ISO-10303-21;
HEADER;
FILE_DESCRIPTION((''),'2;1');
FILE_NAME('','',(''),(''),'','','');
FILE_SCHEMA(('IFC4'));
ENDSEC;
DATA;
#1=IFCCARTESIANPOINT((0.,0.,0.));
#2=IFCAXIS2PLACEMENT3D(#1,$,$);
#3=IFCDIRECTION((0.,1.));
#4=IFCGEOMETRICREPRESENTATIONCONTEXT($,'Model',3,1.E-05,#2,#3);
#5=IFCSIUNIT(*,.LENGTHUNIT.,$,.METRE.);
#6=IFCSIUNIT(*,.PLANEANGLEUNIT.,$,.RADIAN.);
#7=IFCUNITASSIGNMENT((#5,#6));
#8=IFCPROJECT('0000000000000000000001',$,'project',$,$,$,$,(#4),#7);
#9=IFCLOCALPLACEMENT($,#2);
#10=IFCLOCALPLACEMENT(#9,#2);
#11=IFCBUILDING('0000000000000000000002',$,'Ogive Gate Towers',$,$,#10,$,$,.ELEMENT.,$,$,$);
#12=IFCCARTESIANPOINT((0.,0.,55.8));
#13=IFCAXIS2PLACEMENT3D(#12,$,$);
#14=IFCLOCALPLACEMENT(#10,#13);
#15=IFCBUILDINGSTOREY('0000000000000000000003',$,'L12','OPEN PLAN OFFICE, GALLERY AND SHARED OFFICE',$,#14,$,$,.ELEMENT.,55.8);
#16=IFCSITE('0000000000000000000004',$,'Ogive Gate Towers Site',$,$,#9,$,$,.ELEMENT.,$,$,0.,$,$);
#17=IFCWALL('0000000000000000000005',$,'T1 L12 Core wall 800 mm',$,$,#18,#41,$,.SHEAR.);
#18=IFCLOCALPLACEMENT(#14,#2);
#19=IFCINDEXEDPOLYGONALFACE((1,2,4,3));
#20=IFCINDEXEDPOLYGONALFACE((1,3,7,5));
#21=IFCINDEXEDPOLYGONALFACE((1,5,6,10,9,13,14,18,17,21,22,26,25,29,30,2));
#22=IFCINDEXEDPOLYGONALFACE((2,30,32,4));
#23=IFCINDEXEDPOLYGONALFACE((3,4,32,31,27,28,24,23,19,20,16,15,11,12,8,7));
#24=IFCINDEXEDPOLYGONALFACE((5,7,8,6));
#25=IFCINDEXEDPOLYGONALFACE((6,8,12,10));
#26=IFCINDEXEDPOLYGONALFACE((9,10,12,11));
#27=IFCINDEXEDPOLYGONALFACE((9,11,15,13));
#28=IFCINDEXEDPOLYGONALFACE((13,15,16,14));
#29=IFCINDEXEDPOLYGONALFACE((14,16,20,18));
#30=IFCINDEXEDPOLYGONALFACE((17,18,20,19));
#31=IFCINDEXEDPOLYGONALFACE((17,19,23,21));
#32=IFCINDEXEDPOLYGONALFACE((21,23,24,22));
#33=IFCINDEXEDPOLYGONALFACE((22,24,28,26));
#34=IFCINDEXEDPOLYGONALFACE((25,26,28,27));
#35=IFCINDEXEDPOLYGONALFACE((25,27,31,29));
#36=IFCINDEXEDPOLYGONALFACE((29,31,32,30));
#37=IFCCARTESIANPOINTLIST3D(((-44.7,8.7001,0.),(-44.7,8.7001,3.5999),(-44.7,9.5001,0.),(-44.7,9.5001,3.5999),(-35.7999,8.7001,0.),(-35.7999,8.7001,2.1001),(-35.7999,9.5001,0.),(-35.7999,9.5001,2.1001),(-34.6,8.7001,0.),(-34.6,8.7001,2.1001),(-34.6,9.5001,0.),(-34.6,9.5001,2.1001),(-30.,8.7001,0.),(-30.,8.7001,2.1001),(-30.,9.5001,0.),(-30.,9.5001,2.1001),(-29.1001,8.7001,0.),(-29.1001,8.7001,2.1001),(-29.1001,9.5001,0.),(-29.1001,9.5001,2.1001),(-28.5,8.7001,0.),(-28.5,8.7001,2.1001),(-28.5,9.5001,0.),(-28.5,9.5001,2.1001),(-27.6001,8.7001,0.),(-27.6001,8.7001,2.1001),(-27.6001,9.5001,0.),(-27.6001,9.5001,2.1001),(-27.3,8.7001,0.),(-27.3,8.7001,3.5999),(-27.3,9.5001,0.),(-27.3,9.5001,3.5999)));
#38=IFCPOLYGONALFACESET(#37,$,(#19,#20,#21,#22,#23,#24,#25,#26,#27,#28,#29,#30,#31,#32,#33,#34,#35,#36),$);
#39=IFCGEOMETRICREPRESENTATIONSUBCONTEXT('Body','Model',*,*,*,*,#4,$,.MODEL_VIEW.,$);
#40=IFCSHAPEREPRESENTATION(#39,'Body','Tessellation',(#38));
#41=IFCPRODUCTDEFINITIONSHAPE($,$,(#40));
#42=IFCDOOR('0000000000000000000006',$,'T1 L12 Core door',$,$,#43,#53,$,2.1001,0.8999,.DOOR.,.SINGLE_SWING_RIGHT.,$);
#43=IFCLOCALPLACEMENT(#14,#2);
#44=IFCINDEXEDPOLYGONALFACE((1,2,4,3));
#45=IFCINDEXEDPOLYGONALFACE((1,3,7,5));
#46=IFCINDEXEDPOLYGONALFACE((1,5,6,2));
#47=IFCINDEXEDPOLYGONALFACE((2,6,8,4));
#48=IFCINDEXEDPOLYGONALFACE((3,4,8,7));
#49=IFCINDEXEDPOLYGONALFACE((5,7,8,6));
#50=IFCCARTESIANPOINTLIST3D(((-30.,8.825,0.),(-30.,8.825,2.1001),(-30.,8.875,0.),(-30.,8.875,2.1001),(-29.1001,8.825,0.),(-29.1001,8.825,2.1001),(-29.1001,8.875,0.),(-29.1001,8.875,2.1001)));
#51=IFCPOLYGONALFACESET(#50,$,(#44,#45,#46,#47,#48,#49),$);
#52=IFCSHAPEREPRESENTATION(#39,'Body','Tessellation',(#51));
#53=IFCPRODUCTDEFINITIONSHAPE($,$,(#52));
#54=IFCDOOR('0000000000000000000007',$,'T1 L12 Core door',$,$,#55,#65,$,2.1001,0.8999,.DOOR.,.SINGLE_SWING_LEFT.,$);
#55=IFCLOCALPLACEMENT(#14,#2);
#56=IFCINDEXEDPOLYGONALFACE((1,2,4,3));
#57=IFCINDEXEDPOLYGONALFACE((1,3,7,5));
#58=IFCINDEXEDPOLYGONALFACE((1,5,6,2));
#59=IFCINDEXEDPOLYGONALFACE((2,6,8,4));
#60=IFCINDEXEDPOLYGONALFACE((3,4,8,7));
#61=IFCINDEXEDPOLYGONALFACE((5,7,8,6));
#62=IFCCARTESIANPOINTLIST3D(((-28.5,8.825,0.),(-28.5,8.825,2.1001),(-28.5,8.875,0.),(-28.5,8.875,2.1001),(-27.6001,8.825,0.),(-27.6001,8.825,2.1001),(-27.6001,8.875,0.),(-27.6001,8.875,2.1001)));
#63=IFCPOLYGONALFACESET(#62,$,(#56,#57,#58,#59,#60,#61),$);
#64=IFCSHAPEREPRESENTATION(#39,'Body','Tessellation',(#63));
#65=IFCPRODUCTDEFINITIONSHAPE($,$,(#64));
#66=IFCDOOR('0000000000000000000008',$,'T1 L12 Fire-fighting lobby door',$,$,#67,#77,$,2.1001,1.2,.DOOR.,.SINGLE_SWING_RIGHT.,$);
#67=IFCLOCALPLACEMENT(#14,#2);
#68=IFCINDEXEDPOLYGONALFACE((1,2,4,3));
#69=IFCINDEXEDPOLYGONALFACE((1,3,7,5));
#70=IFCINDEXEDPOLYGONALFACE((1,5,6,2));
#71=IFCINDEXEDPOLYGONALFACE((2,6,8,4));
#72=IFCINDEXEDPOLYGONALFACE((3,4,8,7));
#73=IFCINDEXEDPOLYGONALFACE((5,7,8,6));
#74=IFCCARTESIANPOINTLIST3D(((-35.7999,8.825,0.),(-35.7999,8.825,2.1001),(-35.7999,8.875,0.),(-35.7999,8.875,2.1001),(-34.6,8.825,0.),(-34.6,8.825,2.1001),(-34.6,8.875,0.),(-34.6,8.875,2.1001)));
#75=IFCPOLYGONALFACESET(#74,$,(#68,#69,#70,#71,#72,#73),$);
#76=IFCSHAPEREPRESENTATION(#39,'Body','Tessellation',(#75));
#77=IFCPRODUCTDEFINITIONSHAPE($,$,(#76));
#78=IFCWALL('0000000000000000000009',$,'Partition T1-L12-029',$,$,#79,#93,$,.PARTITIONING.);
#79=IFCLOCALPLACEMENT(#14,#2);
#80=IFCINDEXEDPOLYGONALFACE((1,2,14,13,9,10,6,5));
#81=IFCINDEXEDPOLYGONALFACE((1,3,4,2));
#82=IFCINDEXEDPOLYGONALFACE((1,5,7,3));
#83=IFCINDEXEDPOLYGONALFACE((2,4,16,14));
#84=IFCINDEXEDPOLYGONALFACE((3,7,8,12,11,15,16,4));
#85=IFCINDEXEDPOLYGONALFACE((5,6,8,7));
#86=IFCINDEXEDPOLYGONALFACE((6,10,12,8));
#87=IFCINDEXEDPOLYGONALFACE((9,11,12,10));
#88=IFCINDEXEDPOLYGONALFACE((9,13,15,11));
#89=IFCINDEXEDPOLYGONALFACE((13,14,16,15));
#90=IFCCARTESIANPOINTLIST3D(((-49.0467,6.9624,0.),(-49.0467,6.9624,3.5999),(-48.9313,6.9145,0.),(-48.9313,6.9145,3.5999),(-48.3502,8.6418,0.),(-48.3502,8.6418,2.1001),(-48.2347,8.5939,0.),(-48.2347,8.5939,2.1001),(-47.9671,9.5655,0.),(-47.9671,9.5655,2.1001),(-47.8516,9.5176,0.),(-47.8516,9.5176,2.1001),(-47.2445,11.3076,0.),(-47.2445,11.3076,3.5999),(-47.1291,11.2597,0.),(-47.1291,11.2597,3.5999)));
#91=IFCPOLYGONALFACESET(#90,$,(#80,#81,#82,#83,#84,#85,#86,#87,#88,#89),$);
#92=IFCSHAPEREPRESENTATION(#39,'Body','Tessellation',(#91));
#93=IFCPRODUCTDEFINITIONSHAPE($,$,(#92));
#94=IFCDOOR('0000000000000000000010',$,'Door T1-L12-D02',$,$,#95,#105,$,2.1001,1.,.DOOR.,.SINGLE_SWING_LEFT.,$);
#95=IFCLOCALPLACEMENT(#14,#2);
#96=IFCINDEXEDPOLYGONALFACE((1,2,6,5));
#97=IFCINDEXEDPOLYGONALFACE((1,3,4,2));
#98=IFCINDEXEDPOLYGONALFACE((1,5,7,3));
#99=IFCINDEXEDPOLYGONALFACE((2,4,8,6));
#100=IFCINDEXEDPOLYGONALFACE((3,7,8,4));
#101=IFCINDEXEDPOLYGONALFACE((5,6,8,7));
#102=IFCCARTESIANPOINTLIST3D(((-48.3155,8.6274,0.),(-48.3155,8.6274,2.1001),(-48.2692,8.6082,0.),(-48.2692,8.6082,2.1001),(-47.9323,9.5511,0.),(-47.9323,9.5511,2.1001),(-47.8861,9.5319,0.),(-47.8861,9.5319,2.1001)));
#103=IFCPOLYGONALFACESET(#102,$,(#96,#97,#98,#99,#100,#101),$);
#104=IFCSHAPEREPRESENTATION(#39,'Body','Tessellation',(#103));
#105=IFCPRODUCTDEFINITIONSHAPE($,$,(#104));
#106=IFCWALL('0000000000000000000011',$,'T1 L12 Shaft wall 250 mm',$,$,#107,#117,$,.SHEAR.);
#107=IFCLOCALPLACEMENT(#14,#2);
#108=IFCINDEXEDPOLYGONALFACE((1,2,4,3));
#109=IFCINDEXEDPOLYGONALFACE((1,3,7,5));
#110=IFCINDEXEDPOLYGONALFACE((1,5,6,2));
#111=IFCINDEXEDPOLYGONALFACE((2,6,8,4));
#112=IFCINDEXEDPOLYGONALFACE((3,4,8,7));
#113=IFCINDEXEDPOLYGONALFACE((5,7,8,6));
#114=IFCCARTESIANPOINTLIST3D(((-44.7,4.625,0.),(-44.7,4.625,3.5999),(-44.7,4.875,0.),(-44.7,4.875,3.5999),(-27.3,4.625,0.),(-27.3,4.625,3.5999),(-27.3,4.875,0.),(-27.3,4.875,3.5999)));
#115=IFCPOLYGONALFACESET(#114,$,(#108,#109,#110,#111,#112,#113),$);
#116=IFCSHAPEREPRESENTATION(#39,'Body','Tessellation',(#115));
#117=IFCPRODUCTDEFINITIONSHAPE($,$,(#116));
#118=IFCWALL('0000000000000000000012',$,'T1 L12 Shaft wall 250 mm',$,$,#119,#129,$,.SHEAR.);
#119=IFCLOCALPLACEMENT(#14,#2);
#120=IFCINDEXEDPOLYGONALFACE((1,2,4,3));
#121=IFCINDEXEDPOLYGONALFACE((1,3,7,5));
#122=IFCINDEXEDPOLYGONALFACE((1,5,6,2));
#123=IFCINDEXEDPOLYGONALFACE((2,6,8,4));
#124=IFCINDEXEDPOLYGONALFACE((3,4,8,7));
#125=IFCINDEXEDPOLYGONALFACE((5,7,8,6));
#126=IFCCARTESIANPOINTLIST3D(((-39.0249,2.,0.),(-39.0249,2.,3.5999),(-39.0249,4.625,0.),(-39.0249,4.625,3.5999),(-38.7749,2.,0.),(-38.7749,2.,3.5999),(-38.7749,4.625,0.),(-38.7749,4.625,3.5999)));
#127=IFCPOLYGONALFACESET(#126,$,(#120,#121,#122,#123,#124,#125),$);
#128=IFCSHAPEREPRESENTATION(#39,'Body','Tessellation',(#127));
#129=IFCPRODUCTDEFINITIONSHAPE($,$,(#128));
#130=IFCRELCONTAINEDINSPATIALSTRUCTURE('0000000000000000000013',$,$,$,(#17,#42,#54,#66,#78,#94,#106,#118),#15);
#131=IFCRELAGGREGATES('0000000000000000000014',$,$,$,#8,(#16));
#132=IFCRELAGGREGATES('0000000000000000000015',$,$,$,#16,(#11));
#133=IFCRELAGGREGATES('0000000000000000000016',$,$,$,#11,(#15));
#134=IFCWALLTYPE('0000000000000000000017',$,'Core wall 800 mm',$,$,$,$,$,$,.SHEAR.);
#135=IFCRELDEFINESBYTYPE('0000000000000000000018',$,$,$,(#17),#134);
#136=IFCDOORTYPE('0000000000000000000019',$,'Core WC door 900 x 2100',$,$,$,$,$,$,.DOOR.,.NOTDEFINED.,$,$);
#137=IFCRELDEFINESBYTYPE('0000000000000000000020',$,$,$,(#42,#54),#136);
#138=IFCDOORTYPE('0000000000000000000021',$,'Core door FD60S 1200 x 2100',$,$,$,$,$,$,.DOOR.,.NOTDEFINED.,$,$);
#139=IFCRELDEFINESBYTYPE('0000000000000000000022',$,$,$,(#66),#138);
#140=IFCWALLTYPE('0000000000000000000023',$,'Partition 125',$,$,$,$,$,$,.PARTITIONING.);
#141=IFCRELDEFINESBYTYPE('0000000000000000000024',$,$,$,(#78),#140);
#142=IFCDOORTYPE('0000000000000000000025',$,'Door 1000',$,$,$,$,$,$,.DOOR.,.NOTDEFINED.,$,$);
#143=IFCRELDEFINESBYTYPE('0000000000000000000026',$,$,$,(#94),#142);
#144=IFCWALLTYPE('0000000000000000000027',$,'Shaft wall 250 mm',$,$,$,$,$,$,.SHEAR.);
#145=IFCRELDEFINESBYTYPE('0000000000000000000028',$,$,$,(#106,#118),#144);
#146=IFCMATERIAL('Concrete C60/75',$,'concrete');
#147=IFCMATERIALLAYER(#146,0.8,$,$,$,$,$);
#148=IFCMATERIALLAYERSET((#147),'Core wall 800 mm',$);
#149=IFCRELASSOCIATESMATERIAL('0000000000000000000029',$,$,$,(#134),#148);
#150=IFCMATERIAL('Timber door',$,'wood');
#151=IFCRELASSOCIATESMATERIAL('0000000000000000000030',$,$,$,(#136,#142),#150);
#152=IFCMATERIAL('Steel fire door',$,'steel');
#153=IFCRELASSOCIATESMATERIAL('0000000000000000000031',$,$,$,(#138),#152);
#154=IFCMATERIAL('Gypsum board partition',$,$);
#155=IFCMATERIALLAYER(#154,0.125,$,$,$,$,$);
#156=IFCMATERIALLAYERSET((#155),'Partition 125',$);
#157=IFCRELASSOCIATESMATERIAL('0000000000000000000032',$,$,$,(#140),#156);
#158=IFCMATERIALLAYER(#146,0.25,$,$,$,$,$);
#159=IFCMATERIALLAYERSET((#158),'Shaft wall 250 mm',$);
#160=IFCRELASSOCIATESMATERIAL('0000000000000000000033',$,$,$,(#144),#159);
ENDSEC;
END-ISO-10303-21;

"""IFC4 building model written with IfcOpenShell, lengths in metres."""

from ifc_helpers import new_model, si_unit, direction, frame, frame_2d, origin, place, context, subcontext, project, spatial, rectangle, extrude, material, layer, layer_set, type_object, element, fill, save


model = new_model("IFC4")

# Units and contexts
model_context = context("Model", 3, precision=1e-05, world=origin(), true_north=direction((0.0, 1.0)))
body_context = subcontext(model_context, "Body", "Model", "MODEL_VIEW")
ifc_project = project(units=[si_unit("LENGTHUNIT", "METRE"), si_unit("PLANEANGLEUNIT", "RADIAN")], contexts=[model_context])

# Site, building, storey
site_placement = place(None, origin())
site = spatial("IfcSite", under=ifc_project, at=site_placement, Name="Ogive Gate Towers Site", CompositionType="ELEMENT", RefElevation=0.0)
building_placement = place(site_placement, origin())
building = spatial("IfcBuilding", under=site, at=building_placement, Name="Ogive Gate Towers", CompositionType="ELEMENT")
storey_placement = place(building_placement, frame((0.0, 0.0, 55.8)))
storey = spatial("IfcBuildingStorey", under=building, at=storey_placement, Name="L12", Description="OPEN PLAN OFFICE, GALLERY AND SHARED OFFICE", CompositionType="ELEMENT", Elevation=55.8)

# Wall, openings, doors
ifc_material_1 = material(Name="Concrete C60/75", Category="concrete")
ifc_layer_1 = layer(ifc_material_1, 0.8)
ifc_layer_set_1 = layer_set([ifc_layer_1], Name="Core wall 800 mm")
wall_type_1 = type_object("IfcWallType", Name="Core wall 800 mm", PredefinedType="SHEAR", material=ifc_layer_set_1)
wall_1_placement = place(storey_placement, frame((-44.7, 9.1001, 0.0), z_axis=(0.0, 0.0, 1.0), x_axis=(1.0, 0.0, 0.0)))
wall_1 = element("IfcWall", 1, at=wall_1_placement, inside=storey, type_object=wall_type_1, Name="T1 L12 Core wall 800 mm", PredefinedType="SHEAR", context=body_context, shape_type="SweptSolid", body=[
    extrude(rectangle(XDim=17.3999, YDim=0.8, at=frame_2d((8.7, 0.0))), origin(), (0.0, 0.0, 1.0), 3.5999),
])
opening_1_placement = place(wall_1_placement, frame((8.8999, 0.0, 0.0)))
opening_1 = element("IfcOpeningElement", 2, at=opening_1_placement, cuts=wall_1, PredefinedType="OPENING", context=body_context, shape_type="SweptSolid", body=[
    extrude(rectangle(XDim=1.2, YDim=2.1001, at=frame_2d((0.6001, 1.05))), frame((0.0, 0.4102, 0.0), z_axis=(0.0, -1.0, 0.0), x_axis=(1.0, 0.0, 0.0)), (0.0, 0.0, 1.0), 0.8201),
])
opening_2_placement = place(wall_1_placement, frame((14.7, 0.0, 0.0)))
opening_2 = element("IfcOpeningElement", 3, at=opening_2_placement, cuts=wall_1, PredefinedType="OPENING", context=body_context, shape_type="SweptSolid", body=[
    extrude(rectangle(XDim=0.8999, YDim=2.1001, at=frame_2d((0.45, 1.05))), frame((0.0, 0.4102, 0.0), z_axis=(0.0, -1.0, 0.0), x_axis=(1.0, 0.0, 0.0)), (0.0, 0.0, 1.0), 0.8201),
])
opening_3_placement = place(wall_1_placement, frame((16.2, 0.0, 0.0)))
opening_3 = element("IfcOpeningElement", 4, at=opening_3_placement, cuts=wall_1, PredefinedType="OPENING", context=body_context, shape_type="SweptSolid", body=[
    extrude(rectangle(XDim=0.8999, YDim=2.1001, at=frame_2d((0.45, 1.05))), frame((0.0, 0.4102, 0.0), z_axis=(0.0, -1.0, 0.0), x_axis=(1.0, 0.0, 0.0)), (0.0, 0.0, 1.0), 0.8201),
])
ifc_material_2 = material(Name="Timber door", Category="wood")
door_type_1 = type_object("IfcDoorType", Name="Core WC door 900 x 2100", OperationType="NOTDEFINED", PredefinedType="DOOR", material=ifc_material_2)
door_1_placement = place(opening_2_placement, origin())
door_1 = element("IfcDoor", 5, at=door_1_placement, inside=storey, type_object=door_type_1, Name="T1 L12 Core door", OperationType="SINGLE_SWING_RIGHT", OverallHeight=2.1001, OverallWidth=0.8999, PredefinedType="DOOR", context=body_context, shape_type="SweptSolid", body=[
    extrude(rectangle(XDim=0.8999, YDim=2.1001, at=frame_2d((0.45, 1.05))), frame((0.0, -0.2251, 0.0), z_axis=(0.0, -1.0, 0.0), x_axis=(1.0, 0.0, 0.0)), (0.0, 0.0, 1.0), 0.05),
])
fill(opening_2, door_1)
door_2_placement = place(opening_3_placement, origin())
door_2 = element("IfcDoor", 6, at=door_2_placement, inside=storey, type_object=door_type_1, Name="T1 L12 Core door", OperationType="SINGLE_SWING_LEFT", OverallHeight=2.1001, OverallWidth=0.8999, PredefinedType="DOOR", context=body_context, shape_type="SweptSolid", body=[
    extrude(rectangle(XDim=0.8999, YDim=2.1001, at=frame_2d((0.45, 1.05))), frame((0.0, -0.2251, 0.0), z_axis=(0.0, -1.0, 0.0), x_axis=(1.0, 0.0, 0.0)), (0.0, 0.0, 1.0), 0.05),
])
fill(opening_3, door_2)
ifc_material_3 = material(Name="Steel fire door", Category="steel")
door_type_2 = type_object("IfcDoorType", Name="Core door FD60S 1200 x 2100", OperationType="NOTDEFINED", PredefinedType="DOOR", material=ifc_material_3)
door_3_placement = place(opening_1_placement, origin())
door_3 = element("IfcDoor", 7, at=door_3_placement, inside=storey, type_object=door_type_2, Name="T1 L12 Fire-fighting lobby door", OperationType="SINGLE_SWING_RIGHT", OverallHeight=2.1001, OverallWidth=1.2, PredefinedType="DOOR", context=body_context, shape_type="SweptSolid", body=[
    extrude(rectangle(XDim=1.2, YDim=2.1001, at=frame_2d((0.6001, 1.05))), frame((0.0, -0.2251, 0.0), z_axis=(0.0, -1.0, 0.0), x_axis=(1.0, 0.0, 0.0)), (0.0, 0.0, 1.0), 0.05),
])
fill(opening_1, door_3)

# Wall, opening, door
ifc_material_4 = material(Name="Gypsum board partition")
ifc_layer_2 = layer(ifc_material_4, 0.125)
ifc_layer_set_2 = layer_set([ifc_layer_2], Name="Partition 125")
wall_type_2 = type_object("IfcWallType", Name="Partition 125", PredefinedType="PARTITIONING", material=ifc_layer_set_2)
wall_2_placement = place(storey_placement, frame((-48.989, 6.9385, 0.0), z_axis=(0.0, 0.0, 1.0), x_axis=(0.383119, 0.923699, 0.0)))
wall_2 = element("IfcWall", 8, at=wall_2_placement, inside=storey, type_object=wall_type_2, Name="Partition T1-L12-029", PredefinedType="PARTITIONING", context=body_context, shape_type="SweptSolid", body=[
    extrude(rectangle(XDim=4.7041, YDim=0.125, at=frame_2d((2.3521, 0.0))), origin(), (0.0, 0.0, 1.0), 3.5999),
])
opening_4_placement = place(wall_2_placement, frame((1.8181, 0.0, 0.0)))
opening_4 = element("IfcOpeningElement", 9, at=opening_4_placement, cuts=wall_2, PredefinedType="OPENING", context=body_context, shape_type="SweptSolid", body=[
    extrude(rectangle(XDim=1.0, YDim=2.1001, at=frame_2d((0.5, 1.05))), frame((0.0, 0.0725, 0.0), z_axis=(0.0, -1.0, 0.0), x_axis=(1.0, 0.0, 0.0)), (0.0, 0.0, 1.0), 0.145),
])
door_type_3 = type_object("IfcDoorType", Name="Door 1000", OperationType="NOTDEFINED", PredefinedType="DOOR", material=ifc_material_2)
door_4_placement = place(opening_4_placement, origin())
door_4 = element("IfcDoor", 10, at=door_4_placement, inside=storey, type_object=door_type_3, Name="Door T1-L12-D02", OperationType="SINGLE_SWING_LEFT", OverallHeight=2.1001, OverallWidth=1.0, PredefinedType="DOOR", context=body_context, shape_type="SweptSolid", body=[
    extrude(rectangle(XDim=1.0, YDim=2.1001, at=frame_2d((0.5, 1.05))), frame((0.0, 0.0249, 0.0), z_axis=(0.0, -1.0, 0.0), x_axis=(1.0, 0.0, 0.0)), (0.0, 0.0, 1.0), 0.05),
])
fill(opening_4, door_4)

# Walls
ifc_layer_3 = layer(ifc_material_1, 0.25)
ifc_layer_set_3 = layer_set([ifc_layer_3], Name="Shaft wall 250 mm")
wall_type_3 = type_object("IfcWallType", Name="Shaft wall 250 mm", PredefinedType="SHEAR", material=ifc_layer_set_3)
wall_3_placement = place(storey_placement, frame((-44.7, 4.75, 0.0), z_axis=(0.0, 0.0, 1.0), x_axis=(1.0, 0.0, 0.0)))
element("IfcWall", 11, at=wall_3_placement, inside=storey, type_object=wall_type_3, Name="T1 L12 Shaft wall 250 mm", PredefinedType="SHEAR", context=body_context, shape_type="SweptSolid", body=[
    extrude(rectangle(XDim=17.3999, YDim=0.25, at=frame_2d((8.7, 0.0))), origin(), (0.0, 0.0, 1.0), 3.5999),
])
wall_4_placement = place(storey_placement, frame((-38.8999, 2.0, 0.0), z_axis=(0.0, 0.0, 1.0), x_axis=(0.0, 1.0, 0.0)))
element("IfcWall", 12, at=wall_4_placement, inside=storey, type_object=wall_type_3, Name="T1 L12 Shaft wall 250 mm", PredefinedType="SHEAR", context=body_context, shape_type="SweptSolid", body=[
    extrude(rectangle(XDim=2.625, YDim=0.25, at=frame_2d((1.3125, 0.0))), origin(), (0.0, 0.0, 1.0), 3.5999),
])

save(model, "model.ifc")
